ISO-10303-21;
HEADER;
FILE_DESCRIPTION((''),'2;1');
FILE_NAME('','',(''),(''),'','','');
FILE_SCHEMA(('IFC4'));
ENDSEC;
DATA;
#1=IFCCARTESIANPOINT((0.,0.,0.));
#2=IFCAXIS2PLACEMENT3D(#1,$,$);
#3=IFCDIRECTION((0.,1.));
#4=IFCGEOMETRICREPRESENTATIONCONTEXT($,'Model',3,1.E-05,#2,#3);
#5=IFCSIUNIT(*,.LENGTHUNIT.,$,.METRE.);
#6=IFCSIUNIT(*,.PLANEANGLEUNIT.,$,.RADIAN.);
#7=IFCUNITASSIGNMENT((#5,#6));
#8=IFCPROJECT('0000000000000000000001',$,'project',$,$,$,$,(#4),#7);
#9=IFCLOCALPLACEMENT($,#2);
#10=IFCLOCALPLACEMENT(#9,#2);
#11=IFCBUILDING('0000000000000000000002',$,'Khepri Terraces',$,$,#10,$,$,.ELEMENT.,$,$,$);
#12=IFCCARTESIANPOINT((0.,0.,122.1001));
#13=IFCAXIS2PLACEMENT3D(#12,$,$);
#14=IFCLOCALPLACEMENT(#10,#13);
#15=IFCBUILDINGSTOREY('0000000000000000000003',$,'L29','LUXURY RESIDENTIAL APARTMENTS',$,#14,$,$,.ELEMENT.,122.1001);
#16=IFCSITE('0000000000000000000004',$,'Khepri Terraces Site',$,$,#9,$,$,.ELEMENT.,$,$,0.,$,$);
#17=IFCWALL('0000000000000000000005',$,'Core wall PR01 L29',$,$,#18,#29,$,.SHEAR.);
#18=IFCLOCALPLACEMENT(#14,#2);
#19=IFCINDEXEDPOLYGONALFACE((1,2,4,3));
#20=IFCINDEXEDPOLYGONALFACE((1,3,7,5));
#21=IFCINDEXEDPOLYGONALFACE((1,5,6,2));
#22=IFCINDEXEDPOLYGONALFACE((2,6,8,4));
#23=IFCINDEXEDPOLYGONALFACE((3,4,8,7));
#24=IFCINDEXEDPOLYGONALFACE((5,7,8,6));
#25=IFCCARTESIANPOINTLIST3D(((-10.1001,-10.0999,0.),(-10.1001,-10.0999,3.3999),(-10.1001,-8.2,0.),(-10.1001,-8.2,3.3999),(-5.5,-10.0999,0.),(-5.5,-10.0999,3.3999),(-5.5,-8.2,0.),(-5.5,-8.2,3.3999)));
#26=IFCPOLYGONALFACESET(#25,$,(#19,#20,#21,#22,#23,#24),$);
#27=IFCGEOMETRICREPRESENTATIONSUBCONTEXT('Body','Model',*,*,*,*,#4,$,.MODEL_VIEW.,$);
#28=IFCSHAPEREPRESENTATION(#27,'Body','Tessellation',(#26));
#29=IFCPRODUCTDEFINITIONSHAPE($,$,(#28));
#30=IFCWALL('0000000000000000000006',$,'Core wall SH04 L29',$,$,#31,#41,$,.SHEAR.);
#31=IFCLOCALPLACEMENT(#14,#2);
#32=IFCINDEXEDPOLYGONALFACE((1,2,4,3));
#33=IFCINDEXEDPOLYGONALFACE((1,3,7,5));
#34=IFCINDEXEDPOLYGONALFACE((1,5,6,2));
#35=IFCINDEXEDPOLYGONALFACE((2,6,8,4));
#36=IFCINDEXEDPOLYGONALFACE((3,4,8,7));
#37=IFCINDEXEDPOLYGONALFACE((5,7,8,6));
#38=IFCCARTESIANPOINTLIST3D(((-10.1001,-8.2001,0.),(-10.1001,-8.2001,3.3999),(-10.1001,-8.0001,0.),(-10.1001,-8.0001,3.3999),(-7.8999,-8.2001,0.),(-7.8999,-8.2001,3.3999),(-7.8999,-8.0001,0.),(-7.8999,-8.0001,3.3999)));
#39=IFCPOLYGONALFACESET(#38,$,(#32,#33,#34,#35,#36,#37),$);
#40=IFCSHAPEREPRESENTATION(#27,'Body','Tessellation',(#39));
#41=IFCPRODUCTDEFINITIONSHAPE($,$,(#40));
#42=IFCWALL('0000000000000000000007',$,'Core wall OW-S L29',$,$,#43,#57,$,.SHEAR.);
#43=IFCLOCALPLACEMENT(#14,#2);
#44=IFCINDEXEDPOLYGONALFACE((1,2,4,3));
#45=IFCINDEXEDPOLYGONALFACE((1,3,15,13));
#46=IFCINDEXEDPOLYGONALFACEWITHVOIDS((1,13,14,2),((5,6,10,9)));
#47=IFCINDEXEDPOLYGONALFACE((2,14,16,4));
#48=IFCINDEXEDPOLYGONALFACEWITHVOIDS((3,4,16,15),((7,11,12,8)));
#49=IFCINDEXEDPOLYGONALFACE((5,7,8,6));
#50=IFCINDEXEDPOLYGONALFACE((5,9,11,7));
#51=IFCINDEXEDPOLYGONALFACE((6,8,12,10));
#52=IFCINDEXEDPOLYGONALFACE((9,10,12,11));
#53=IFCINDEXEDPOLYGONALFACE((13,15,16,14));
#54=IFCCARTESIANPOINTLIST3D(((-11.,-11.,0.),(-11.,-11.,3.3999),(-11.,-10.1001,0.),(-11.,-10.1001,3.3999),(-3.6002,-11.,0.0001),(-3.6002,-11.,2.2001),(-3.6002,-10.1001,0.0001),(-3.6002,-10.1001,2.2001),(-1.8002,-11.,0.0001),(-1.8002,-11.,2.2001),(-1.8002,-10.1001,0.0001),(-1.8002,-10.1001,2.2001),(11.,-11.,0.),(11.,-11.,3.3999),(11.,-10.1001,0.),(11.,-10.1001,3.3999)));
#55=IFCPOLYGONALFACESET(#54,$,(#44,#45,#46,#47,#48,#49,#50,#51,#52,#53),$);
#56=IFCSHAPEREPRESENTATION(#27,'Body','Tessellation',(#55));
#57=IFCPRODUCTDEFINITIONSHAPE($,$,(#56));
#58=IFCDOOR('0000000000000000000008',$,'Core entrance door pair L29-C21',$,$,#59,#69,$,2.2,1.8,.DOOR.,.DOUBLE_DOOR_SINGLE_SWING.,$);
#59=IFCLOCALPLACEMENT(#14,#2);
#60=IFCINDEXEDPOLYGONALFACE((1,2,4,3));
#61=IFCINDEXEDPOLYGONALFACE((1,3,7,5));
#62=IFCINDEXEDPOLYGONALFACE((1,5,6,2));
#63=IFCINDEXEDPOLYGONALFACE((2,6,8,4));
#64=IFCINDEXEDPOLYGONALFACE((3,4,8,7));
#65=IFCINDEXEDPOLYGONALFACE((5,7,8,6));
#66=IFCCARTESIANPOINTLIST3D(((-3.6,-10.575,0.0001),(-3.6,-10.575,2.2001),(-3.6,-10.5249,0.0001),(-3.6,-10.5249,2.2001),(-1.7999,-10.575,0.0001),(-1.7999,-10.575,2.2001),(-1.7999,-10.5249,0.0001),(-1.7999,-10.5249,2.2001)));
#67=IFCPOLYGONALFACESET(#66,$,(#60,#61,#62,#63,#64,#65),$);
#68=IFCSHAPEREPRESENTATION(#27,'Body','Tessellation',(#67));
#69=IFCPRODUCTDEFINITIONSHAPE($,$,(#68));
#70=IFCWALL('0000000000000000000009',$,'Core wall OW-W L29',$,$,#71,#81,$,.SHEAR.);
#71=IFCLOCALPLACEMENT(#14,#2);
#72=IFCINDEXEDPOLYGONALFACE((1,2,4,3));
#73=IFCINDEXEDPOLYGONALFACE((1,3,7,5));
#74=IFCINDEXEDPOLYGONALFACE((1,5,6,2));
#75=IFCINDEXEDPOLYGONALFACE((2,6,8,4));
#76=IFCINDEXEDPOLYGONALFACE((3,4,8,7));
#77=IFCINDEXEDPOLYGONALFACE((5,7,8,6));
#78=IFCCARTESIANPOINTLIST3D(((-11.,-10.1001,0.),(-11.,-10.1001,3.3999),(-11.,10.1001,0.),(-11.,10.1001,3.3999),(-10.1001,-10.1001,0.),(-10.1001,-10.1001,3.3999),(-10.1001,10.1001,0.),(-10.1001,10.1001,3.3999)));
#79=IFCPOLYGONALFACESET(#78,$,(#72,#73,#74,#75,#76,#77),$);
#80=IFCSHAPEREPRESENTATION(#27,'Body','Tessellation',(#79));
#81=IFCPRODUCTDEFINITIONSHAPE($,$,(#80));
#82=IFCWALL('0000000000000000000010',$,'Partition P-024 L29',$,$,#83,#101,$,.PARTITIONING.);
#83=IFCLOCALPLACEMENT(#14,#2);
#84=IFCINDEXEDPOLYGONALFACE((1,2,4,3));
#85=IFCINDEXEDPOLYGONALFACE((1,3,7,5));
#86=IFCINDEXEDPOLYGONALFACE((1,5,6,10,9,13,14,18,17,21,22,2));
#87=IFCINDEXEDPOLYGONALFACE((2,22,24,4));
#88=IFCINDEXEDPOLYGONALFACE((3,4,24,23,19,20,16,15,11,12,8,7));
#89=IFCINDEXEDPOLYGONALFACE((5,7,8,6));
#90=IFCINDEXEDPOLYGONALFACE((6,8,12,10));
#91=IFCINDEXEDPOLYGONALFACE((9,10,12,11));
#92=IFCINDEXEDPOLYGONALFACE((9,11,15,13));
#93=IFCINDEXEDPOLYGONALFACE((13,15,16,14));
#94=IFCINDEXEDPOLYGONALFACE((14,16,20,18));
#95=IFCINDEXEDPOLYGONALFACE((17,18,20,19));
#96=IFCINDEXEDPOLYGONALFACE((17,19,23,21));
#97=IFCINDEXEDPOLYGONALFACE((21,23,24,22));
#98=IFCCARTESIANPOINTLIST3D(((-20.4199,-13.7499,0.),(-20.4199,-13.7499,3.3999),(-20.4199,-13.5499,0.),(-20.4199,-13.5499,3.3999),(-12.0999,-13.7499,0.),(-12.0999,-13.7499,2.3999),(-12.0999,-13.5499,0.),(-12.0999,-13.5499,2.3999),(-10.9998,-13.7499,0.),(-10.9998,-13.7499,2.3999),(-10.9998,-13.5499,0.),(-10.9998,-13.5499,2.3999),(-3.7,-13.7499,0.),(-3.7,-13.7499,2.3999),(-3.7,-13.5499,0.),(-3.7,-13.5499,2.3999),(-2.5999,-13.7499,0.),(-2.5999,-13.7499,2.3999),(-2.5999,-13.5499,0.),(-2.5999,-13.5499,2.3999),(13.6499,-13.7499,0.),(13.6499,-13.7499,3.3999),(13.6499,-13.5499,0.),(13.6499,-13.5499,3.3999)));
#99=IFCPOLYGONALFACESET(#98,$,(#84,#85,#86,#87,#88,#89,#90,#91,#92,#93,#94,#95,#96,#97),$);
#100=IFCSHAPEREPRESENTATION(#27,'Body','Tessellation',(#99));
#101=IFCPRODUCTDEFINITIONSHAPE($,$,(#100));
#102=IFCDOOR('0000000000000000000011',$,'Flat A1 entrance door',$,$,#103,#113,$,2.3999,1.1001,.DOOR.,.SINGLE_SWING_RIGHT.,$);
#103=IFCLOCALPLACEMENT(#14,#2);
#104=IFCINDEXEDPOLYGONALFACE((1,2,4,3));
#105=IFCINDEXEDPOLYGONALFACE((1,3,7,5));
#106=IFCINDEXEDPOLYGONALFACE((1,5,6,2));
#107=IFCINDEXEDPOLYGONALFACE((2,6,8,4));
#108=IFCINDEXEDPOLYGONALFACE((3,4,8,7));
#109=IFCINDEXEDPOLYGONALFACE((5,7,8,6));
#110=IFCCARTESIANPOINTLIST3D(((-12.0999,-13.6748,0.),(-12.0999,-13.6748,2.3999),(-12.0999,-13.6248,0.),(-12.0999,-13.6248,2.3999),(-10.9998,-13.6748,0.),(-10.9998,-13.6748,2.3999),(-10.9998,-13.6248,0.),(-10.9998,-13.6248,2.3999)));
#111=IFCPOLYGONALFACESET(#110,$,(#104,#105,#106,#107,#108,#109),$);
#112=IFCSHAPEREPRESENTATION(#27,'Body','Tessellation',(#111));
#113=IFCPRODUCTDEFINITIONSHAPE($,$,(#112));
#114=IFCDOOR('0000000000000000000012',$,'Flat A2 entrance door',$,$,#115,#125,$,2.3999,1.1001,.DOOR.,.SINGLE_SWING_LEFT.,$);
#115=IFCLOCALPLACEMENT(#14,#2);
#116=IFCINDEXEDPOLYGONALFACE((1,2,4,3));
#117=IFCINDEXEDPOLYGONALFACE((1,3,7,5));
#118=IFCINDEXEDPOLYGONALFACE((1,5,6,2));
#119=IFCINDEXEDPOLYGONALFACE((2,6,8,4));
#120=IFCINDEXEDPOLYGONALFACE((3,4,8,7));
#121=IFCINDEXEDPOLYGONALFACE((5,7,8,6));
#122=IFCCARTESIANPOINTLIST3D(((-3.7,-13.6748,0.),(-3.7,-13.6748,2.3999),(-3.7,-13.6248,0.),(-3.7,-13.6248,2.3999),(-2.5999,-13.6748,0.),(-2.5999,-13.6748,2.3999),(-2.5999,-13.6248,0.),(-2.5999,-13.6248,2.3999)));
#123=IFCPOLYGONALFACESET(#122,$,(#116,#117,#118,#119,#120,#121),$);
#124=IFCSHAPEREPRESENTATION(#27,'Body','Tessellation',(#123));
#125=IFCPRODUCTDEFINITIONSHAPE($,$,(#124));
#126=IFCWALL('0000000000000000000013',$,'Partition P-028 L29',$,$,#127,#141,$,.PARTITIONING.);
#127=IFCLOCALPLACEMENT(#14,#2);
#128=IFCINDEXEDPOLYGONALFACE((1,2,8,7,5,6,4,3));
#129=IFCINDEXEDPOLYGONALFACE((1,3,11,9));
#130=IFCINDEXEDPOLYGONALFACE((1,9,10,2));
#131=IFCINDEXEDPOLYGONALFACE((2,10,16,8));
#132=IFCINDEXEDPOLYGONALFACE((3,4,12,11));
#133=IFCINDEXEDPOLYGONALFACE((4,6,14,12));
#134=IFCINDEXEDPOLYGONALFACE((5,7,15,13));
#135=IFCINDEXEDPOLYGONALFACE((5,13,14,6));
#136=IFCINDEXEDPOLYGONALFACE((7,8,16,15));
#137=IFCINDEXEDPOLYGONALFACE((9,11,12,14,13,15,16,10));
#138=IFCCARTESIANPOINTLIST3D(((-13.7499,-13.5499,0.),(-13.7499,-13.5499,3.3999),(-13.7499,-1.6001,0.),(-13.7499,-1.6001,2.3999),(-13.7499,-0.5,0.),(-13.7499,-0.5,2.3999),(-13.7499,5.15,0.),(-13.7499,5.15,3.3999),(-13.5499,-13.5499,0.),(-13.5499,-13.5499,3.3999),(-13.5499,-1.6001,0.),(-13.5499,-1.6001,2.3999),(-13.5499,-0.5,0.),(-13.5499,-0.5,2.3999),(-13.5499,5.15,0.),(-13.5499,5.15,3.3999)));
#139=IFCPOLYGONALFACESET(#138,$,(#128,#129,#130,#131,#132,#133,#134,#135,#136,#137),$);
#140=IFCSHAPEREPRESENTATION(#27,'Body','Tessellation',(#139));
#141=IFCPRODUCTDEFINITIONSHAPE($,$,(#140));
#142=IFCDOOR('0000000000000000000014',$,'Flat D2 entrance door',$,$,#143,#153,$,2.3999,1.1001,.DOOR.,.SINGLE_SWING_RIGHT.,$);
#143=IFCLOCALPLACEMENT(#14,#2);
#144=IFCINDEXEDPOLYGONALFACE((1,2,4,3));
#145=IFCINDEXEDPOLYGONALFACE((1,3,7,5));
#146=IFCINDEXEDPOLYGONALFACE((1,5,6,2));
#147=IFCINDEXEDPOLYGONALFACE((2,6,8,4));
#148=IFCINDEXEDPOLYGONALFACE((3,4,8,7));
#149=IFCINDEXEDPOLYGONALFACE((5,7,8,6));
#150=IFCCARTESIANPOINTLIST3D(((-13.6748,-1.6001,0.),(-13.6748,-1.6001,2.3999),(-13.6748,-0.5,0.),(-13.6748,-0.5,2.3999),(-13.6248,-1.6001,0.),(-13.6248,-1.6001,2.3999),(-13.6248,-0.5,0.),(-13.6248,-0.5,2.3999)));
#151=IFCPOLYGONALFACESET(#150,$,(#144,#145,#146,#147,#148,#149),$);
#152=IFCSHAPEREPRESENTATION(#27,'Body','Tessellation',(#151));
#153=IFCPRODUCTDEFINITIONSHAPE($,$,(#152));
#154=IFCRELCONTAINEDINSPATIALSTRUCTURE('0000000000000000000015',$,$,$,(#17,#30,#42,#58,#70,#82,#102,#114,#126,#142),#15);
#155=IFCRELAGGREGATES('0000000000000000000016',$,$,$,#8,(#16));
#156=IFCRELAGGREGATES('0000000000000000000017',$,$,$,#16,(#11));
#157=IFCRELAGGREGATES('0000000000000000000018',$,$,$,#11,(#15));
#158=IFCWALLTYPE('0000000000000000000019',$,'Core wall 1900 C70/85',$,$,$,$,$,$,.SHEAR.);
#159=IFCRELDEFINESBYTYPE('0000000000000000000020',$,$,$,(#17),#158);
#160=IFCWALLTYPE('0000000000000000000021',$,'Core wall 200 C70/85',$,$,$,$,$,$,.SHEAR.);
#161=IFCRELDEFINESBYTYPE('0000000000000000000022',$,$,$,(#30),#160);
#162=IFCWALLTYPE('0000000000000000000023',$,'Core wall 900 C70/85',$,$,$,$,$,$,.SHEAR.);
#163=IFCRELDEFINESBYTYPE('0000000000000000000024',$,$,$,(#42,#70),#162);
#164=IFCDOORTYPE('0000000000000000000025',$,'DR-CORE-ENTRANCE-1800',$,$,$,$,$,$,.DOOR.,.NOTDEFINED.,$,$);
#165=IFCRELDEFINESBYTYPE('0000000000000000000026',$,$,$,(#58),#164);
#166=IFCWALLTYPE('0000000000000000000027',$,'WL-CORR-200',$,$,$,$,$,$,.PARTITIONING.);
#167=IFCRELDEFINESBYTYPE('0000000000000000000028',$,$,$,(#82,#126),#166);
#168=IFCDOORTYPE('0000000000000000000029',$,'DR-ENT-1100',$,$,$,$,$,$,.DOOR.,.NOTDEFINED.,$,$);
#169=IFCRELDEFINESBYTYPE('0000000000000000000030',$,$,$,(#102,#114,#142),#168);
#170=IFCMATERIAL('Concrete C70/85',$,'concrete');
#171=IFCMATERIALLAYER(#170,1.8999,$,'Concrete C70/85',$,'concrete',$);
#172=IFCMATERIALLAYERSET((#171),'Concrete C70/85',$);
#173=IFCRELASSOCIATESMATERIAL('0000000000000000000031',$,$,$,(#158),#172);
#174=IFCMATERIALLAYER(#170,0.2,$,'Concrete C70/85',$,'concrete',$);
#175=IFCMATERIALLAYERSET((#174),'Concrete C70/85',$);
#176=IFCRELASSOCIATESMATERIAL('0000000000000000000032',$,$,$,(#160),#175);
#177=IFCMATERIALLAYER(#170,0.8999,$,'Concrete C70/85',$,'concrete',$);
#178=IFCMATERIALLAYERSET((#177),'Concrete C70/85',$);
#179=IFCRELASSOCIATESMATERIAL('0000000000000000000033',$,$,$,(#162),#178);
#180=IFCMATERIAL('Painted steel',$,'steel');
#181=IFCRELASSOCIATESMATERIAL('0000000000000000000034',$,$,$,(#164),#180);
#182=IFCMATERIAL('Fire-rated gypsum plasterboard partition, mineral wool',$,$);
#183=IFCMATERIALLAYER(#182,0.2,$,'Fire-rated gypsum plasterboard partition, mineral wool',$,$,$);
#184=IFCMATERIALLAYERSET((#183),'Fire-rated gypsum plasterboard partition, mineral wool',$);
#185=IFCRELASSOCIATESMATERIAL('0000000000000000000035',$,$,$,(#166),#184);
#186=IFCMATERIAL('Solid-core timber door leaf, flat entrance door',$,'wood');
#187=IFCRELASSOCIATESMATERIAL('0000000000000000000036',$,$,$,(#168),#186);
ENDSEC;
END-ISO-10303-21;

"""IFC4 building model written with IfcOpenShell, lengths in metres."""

from ifc_helpers import new_model, si_unit, direction, frame, frame_2d, origin, place, context, subcontext, project, spatial, rectangle, extrude, material, layer, layer_set, type_object, element, fill, save


model = new_model("IFC4")

# Units and contexts
model_context = context("Model", 3, precision=1e-05, world=origin(), true_north=direction((0.0, 1.0)))
body_context = subcontext(model_context, "Body", "Model", "MODEL_VIEW")
ifc_project = project(units=[si_unit("LENGTHUNIT", "METRE"), si_unit("PLANEANGLEUNIT", "RADIAN")], contexts=[model_context])

# Site, building, storey
site_placement = place(None, origin())
site = spatial("IfcSite", under=ifc_project, at=site_placement, Name="Khepri Terraces Site", CompositionType="ELEMENT", RefElevation=0.0)
building_placement = place(site_placement, origin())
building = spatial("IfcBuilding", under=site, at=building_placement, Name="Khepri Terraces", CompositionType="ELEMENT")
storey_placement = place(building_placement, frame((0.0, 0.0, 122.1001)))
storey = spatial("IfcBuildingStorey", under=building, at=storey_placement, Name="L29", Description="LUXURY RESIDENTIAL APARTMENTS", CompositionType="ELEMENT", Elevation=122.1001)

# Walls
ifc_material_1 = material(Name="Concrete C70/85", Category="concrete")
ifc_layer_1 = layer(ifc_material_1, 1.8999, Name="Concrete C70/85", Category="concrete")
ifc_layer_set_1 = layer_set([ifc_layer_1], Name="Concrete C70/85")
wall_type_1 = type_object("IfcWallType", Name="Core wall 1900 C70/85", PredefinedType="SHEAR", material=ifc_layer_set_1)
wall_1_placement = place(storey_placement, frame((-10.1001, -9.1499, 0.0), z_axis=(0.0, 0.0, 1.0), x_axis=(1.0, 0.0, 0.0)))
element("IfcWall", 1, at=wall_1_placement, inside=storey, type_object=wall_type_1, Name="Core wall PR01 L29", PredefinedType="SHEAR", context=body_context, shape_type="SweptSolid", body=[
    extrude(rectangle(XDim=4.6001, YDim=1.8999, at=frame_2d((2.3, 0.0))), origin(), (0.0, 0.0, 1.0), 3.3999),
])
ifc_layer_2 = layer(ifc_material_1, 0.2, Name="Concrete C70/85", Category="concrete")
ifc_layer_set_2 = layer_set([ifc_layer_2], Name="Concrete C70/85")
wall_type_2 = type_object("IfcWallType", Name="Core wall 200 C70/85", PredefinedType="SHEAR", material=ifc_layer_set_2)
wall_2_placement = place(storey_placement, frame((-10.1001, -8.1001, 0.0), z_axis=(0.0, 0.0, 1.0), x_axis=(1.0, 0.0, 0.0)))
element("IfcWall", 2, at=wall_2_placement, inside=storey, type_object=wall_type_2, Name="Core wall SH04 L29", PredefinedType="SHEAR", context=body_context, shape_type="SweptSolid", body=[
    extrude(rectangle(XDim=2.2002, YDim=0.2, at=frame_2d((1.1001, 0.0))), origin(), (0.0, 0.0, 1.0), 3.3999),
])

# Wall, opening, door
ifc_layer_3 = layer(ifc_material_1, 0.8999, Name="Concrete C70/85", Category="concrete")
ifc_layer_set_3 = layer_set([ifc_layer_3], Name="Concrete C70/85")
wall_type_3 = type_object("IfcWallType", Name="Core wall 900 C70/85", PredefinedType="SHEAR", material=ifc_layer_set_3)
wall_3_placement = place(storey_placement, frame((-11.0, -10.55, 0.0), z_axis=(0.0, 0.0, 1.0), x_axis=(1.0, 0.0, 0.0)))
wall_3 = element("IfcWall", 3, at=wall_3_placement, inside=storey, type_object=wall_type_3, Name="Core wall OW-S L29", PredefinedType="SHEAR", context=body_context, shape_type="SweptSolid", body=[
    extrude(rectangle(XDim=22.0, YDim=0.8999, at=frame_2d((11.0, 0.0))), origin(), (0.0, 0.0, 1.0), 3.3999),
])
opening_1_placement = place(wall_3_placement, frame((7.3999, 0.0, 0.0)))
opening_1 = element("IfcOpeningElement", 4, at=opening_1_placement, cuts=wall_3, PredefinedType="OPENING", context=body_context, shape_type="SweptSolid", body=[
    extrude(rectangle(XDim=1.8, YDim=2.2, at=frame_2d((0.8999, 1.1001))), frame((0.0, 0.46, 0.0), z_axis=(0.0, -1.0, 0.0), x_axis=(1.0, 0.0, 0.0)), (0.0, 0.0, 1.0), 0.9199),
])
ifc_material_2 = material(Name="Painted steel", Category="steel")
door_type_1 = type_object("IfcDoorType", Name="DR-CORE-ENTRANCE-1800", OperationType="NOTDEFINED", PredefinedType="DOOR", material=ifc_material_2)
door_1_placement = place(opening_1_placement, frame((1.8, 0.0, 0.0), z_axis=(0.0, 0.0, 1.0), x_axis=(-1.0, 0.0, 0.0)))
door_1 = element("IfcDoor", 5, at=door_1_placement, inside=storey, type_object=door_type_1, Name="Core entrance door pair L29-C21", OperationType="DOUBLE_DOOR_SINGLE_SWING", OverallHeight=2.2, OverallWidth=1.8, PredefinedType="DOOR", context=body_context, shape_type="SweptSolid", body=[
    extrude(rectangle(XDim=1.8, YDim=2.2, at=frame_2d((0.8999, 1.1001))), frame((0.0, 0.0249, 0.0), z_axis=(0.0, -1.0, 0.0), x_axis=(1.0, 0.0, 0.0)), (0.0, 0.0, 1.0), 0.05),
])
fill(opening_1, door_1)

# Wall
wall_4_placement = place(storey_placement, frame((-10.55, -10.1001, 0.0), z_axis=(0.0, 0.0, 1.0), x_axis=(0.0, 1.0, 0.0)))
element("IfcWall", 6, at=wall_4_placement, inside=storey, type_object=wall_type_3, Name="Core wall OW-W L29", PredefinedType="SHEAR", context=body_context, shape_type="SweptSolid", body=[
    extrude(rectangle(XDim=20.2002, YDim=0.8999, at=frame_2d((10.1001, 0.0))), origin(), (0.0, 0.0, 1.0), 3.3999),
])

# Wall, openings, doors
ifc_material_3 = material(Name="Fire-rated gypsum plasterboard partition, mineral wool")
ifc_layer_4 = layer(ifc_material_3, 0.2, Name="Fire-rated gypsum plasterboard partition, mineral wool")
ifc_layer_set_4 = layer_set([ifc_layer_4], Name="Fire-rated gypsum plasterboard partition, mineral wool")
wall_type_4 = type_object("IfcWallType", Name="WL-CORR-200", PredefinedType="PARTITIONING", material=ifc_layer_set_4)
wall_5_placement = place(storey_placement, frame((-20.4199, -13.6499, 0.0), z_axis=(0.0, 0.0, 1.0), x_axis=(1.0, 0.0, 0.0)))
wall_5 = element("IfcWall", 7, at=wall_5_placement, inside=storey, type_object=wall_type_4, Name="Partition P-024 L29", PredefinedType="PARTITIONING", context=body_context, shape_type="SweptSolid", body=[
    extrude(rectangle(XDim=34.0698, YDim=0.2, at=frame_2d((17.0349, 0.0))), origin(), (0.0, 0.0, 1.0), 3.3999),
])
opening_2_placement = place(wall_5_placement, frame((8.3201, 0.0, 0.0)))
opening_2 = element("IfcOpeningElement", 8, at=opening_2_placement, cuts=wall_5, PredefinedType="OPENING", context=body_context, shape_type="SweptSolid", body=[
    extrude(rectangle(XDim=1.1001, YDim=2.3999, at=frame_2d((0.55, 1.2))), frame((0.0, 0.1099, 0.0), z_axis=(0.0, -1.0, 0.0), x_axis=(1.0, 0.0, 0.0)), (0.0, 0.0, 1.0), 0.22),
])
opening_3_placement = place(wall_5_placement, frame((16.72, 0.0, 0.0)))
opening_3 = element("IfcOpeningElement", 9, at=opening_3_placement, cuts=wall_5, PredefinedType="OPENING", context=body_context, shape_type="SweptSolid", body=[
    extrude(rectangle(XDim=1.1001, YDim=2.3999, at=frame_2d((0.55, 1.2))), frame((0.0, 0.1099, 0.0), z_axis=(0.0, -1.0, 0.0), x_axis=(1.0, 0.0, 0.0)), (0.0, 0.0, 1.0), 0.22),
])
ifc_material_4 = material(Name="Solid-core timber door leaf, flat entrance door", Category="wood")
door_type_2 = type_object("IfcDoorType", Name="DR-ENT-1100", OperationType="NOTDEFINED", PredefinedType="DOOR", material=ifc_material_4)
door_2_placement = place(opening_2_placement, frame((1.1001, 0.0, 0.0), z_axis=(0.0, 0.0, 1.0), x_axis=(-1.0, 0.0, 0.0)))
door_2 = element("IfcDoor", 10, at=door_2_placement, inside=storey, type_object=door_type_2, Name="Flat A1 entrance door", OperationType="SINGLE_SWING_RIGHT", OverallHeight=2.3999, OverallWidth=1.1001, PredefinedType="DOOR", context=body_context, shape_type="SweptSolid", body=[
    extrude(rectangle(XDim=1.1001, YDim=2.3999, at=frame_2d((0.55, 1.2))), frame((0.0, 0.0249, 0.0), z_axis=(0.0, -1.0, 0.0), x_axis=(1.0, 0.0, 0.0)), (0.0, 0.0, 1.0), 0.05),
])
fill(opening_2, door_2)
door_3_placement = place(opening_3_placement, frame((1.1001, 0.0, 0.0), z_axis=(0.0, 0.0, 1.0), x_axis=(-1.0, 0.0, 0.0)))
door_3 = element("IfcDoor", 11, at=door_3_placement, inside=storey, type_object=door_type_2, Name="Flat A2 entrance door", OperationType="SINGLE_SWING_LEFT", OverallHeight=2.3999, OverallWidth=1.1001, PredefinedType="DOOR", context=body_context, shape_type="SweptSolid", body=[
    extrude(rectangle(XDim=1.1001, YDim=2.3999, at=frame_2d((0.55, 1.2))), frame((0.0, 0.0249, 0.0), z_axis=(0.0, -1.0, 0.0), x_axis=(1.0, 0.0, 0.0)), (0.0, 0.0, 1.0), 0.05),
])
fill(opening_3, door_3)

# Wall, opening, door
wall_6_placement = place(storey_placement, frame((-13.6499, -13.55, 0.0), z_axis=(0.0, 0.0, 1.0), x_axis=(0.0, 1.0, 0.0)))
wall_6 = element("IfcWall", 12, at=wall_6_placement, inside=storey, type_object=wall_type_4, Name="Partition P-028 L29", PredefinedType="PARTITIONING", context=body_context, shape_type="SweptSolid", body=[
    extrude(rectangle(XDim=18.7, YDim=0.2, at=frame_2d((9.3501, 0.0))), origin(), (0.0, 0.0, 1.0), 3.3999),
])
opening_4_placement = place(wall_6_placement, frame((11.95, 0.0, 0.0)))
opening_4 = element("IfcOpeningElement", 13, at=opening_4_placement, cuts=wall_6, PredefinedType="OPENING", context=body_context, shape_type="SweptSolid", body=[
    extrude(rectangle(XDim=1.1001, YDim=2.3999, at=frame_2d((0.55, 1.2))), frame((0.0, 0.1099, 0.0), z_axis=(0.0, -1.0, 0.0), x_axis=(1.0, 0.0, 0.0)), (0.0, 0.0, 1.0), 0.22),
])
door_4_placement = place(opening_4_placement, origin())
door_4 = element("IfcDoor", 14, at=door_4_placement, inside=storey, type_object=door_type_2, Name="Flat D2 entrance door", OperationType="SINGLE_SWING_RIGHT", OverallHeight=2.3999, OverallWidth=1.1001, PredefinedType="DOOR", context=body_context, shape_type="SweptSolid", body=[
    extrude(rectangle(XDim=1.1001, YDim=2.3999, at=frame_2d((0.55, 1.2))), frame((0.0, 0.0249, 0.0), z_axis=(0.0, -1.0, 0.0), x_axis=(1.0, 0.0, 0.0)), (0.0, 0.0, 1.0), 0.05),
])
fill(opening_4, door_4)

save(model, "model.ifc")
